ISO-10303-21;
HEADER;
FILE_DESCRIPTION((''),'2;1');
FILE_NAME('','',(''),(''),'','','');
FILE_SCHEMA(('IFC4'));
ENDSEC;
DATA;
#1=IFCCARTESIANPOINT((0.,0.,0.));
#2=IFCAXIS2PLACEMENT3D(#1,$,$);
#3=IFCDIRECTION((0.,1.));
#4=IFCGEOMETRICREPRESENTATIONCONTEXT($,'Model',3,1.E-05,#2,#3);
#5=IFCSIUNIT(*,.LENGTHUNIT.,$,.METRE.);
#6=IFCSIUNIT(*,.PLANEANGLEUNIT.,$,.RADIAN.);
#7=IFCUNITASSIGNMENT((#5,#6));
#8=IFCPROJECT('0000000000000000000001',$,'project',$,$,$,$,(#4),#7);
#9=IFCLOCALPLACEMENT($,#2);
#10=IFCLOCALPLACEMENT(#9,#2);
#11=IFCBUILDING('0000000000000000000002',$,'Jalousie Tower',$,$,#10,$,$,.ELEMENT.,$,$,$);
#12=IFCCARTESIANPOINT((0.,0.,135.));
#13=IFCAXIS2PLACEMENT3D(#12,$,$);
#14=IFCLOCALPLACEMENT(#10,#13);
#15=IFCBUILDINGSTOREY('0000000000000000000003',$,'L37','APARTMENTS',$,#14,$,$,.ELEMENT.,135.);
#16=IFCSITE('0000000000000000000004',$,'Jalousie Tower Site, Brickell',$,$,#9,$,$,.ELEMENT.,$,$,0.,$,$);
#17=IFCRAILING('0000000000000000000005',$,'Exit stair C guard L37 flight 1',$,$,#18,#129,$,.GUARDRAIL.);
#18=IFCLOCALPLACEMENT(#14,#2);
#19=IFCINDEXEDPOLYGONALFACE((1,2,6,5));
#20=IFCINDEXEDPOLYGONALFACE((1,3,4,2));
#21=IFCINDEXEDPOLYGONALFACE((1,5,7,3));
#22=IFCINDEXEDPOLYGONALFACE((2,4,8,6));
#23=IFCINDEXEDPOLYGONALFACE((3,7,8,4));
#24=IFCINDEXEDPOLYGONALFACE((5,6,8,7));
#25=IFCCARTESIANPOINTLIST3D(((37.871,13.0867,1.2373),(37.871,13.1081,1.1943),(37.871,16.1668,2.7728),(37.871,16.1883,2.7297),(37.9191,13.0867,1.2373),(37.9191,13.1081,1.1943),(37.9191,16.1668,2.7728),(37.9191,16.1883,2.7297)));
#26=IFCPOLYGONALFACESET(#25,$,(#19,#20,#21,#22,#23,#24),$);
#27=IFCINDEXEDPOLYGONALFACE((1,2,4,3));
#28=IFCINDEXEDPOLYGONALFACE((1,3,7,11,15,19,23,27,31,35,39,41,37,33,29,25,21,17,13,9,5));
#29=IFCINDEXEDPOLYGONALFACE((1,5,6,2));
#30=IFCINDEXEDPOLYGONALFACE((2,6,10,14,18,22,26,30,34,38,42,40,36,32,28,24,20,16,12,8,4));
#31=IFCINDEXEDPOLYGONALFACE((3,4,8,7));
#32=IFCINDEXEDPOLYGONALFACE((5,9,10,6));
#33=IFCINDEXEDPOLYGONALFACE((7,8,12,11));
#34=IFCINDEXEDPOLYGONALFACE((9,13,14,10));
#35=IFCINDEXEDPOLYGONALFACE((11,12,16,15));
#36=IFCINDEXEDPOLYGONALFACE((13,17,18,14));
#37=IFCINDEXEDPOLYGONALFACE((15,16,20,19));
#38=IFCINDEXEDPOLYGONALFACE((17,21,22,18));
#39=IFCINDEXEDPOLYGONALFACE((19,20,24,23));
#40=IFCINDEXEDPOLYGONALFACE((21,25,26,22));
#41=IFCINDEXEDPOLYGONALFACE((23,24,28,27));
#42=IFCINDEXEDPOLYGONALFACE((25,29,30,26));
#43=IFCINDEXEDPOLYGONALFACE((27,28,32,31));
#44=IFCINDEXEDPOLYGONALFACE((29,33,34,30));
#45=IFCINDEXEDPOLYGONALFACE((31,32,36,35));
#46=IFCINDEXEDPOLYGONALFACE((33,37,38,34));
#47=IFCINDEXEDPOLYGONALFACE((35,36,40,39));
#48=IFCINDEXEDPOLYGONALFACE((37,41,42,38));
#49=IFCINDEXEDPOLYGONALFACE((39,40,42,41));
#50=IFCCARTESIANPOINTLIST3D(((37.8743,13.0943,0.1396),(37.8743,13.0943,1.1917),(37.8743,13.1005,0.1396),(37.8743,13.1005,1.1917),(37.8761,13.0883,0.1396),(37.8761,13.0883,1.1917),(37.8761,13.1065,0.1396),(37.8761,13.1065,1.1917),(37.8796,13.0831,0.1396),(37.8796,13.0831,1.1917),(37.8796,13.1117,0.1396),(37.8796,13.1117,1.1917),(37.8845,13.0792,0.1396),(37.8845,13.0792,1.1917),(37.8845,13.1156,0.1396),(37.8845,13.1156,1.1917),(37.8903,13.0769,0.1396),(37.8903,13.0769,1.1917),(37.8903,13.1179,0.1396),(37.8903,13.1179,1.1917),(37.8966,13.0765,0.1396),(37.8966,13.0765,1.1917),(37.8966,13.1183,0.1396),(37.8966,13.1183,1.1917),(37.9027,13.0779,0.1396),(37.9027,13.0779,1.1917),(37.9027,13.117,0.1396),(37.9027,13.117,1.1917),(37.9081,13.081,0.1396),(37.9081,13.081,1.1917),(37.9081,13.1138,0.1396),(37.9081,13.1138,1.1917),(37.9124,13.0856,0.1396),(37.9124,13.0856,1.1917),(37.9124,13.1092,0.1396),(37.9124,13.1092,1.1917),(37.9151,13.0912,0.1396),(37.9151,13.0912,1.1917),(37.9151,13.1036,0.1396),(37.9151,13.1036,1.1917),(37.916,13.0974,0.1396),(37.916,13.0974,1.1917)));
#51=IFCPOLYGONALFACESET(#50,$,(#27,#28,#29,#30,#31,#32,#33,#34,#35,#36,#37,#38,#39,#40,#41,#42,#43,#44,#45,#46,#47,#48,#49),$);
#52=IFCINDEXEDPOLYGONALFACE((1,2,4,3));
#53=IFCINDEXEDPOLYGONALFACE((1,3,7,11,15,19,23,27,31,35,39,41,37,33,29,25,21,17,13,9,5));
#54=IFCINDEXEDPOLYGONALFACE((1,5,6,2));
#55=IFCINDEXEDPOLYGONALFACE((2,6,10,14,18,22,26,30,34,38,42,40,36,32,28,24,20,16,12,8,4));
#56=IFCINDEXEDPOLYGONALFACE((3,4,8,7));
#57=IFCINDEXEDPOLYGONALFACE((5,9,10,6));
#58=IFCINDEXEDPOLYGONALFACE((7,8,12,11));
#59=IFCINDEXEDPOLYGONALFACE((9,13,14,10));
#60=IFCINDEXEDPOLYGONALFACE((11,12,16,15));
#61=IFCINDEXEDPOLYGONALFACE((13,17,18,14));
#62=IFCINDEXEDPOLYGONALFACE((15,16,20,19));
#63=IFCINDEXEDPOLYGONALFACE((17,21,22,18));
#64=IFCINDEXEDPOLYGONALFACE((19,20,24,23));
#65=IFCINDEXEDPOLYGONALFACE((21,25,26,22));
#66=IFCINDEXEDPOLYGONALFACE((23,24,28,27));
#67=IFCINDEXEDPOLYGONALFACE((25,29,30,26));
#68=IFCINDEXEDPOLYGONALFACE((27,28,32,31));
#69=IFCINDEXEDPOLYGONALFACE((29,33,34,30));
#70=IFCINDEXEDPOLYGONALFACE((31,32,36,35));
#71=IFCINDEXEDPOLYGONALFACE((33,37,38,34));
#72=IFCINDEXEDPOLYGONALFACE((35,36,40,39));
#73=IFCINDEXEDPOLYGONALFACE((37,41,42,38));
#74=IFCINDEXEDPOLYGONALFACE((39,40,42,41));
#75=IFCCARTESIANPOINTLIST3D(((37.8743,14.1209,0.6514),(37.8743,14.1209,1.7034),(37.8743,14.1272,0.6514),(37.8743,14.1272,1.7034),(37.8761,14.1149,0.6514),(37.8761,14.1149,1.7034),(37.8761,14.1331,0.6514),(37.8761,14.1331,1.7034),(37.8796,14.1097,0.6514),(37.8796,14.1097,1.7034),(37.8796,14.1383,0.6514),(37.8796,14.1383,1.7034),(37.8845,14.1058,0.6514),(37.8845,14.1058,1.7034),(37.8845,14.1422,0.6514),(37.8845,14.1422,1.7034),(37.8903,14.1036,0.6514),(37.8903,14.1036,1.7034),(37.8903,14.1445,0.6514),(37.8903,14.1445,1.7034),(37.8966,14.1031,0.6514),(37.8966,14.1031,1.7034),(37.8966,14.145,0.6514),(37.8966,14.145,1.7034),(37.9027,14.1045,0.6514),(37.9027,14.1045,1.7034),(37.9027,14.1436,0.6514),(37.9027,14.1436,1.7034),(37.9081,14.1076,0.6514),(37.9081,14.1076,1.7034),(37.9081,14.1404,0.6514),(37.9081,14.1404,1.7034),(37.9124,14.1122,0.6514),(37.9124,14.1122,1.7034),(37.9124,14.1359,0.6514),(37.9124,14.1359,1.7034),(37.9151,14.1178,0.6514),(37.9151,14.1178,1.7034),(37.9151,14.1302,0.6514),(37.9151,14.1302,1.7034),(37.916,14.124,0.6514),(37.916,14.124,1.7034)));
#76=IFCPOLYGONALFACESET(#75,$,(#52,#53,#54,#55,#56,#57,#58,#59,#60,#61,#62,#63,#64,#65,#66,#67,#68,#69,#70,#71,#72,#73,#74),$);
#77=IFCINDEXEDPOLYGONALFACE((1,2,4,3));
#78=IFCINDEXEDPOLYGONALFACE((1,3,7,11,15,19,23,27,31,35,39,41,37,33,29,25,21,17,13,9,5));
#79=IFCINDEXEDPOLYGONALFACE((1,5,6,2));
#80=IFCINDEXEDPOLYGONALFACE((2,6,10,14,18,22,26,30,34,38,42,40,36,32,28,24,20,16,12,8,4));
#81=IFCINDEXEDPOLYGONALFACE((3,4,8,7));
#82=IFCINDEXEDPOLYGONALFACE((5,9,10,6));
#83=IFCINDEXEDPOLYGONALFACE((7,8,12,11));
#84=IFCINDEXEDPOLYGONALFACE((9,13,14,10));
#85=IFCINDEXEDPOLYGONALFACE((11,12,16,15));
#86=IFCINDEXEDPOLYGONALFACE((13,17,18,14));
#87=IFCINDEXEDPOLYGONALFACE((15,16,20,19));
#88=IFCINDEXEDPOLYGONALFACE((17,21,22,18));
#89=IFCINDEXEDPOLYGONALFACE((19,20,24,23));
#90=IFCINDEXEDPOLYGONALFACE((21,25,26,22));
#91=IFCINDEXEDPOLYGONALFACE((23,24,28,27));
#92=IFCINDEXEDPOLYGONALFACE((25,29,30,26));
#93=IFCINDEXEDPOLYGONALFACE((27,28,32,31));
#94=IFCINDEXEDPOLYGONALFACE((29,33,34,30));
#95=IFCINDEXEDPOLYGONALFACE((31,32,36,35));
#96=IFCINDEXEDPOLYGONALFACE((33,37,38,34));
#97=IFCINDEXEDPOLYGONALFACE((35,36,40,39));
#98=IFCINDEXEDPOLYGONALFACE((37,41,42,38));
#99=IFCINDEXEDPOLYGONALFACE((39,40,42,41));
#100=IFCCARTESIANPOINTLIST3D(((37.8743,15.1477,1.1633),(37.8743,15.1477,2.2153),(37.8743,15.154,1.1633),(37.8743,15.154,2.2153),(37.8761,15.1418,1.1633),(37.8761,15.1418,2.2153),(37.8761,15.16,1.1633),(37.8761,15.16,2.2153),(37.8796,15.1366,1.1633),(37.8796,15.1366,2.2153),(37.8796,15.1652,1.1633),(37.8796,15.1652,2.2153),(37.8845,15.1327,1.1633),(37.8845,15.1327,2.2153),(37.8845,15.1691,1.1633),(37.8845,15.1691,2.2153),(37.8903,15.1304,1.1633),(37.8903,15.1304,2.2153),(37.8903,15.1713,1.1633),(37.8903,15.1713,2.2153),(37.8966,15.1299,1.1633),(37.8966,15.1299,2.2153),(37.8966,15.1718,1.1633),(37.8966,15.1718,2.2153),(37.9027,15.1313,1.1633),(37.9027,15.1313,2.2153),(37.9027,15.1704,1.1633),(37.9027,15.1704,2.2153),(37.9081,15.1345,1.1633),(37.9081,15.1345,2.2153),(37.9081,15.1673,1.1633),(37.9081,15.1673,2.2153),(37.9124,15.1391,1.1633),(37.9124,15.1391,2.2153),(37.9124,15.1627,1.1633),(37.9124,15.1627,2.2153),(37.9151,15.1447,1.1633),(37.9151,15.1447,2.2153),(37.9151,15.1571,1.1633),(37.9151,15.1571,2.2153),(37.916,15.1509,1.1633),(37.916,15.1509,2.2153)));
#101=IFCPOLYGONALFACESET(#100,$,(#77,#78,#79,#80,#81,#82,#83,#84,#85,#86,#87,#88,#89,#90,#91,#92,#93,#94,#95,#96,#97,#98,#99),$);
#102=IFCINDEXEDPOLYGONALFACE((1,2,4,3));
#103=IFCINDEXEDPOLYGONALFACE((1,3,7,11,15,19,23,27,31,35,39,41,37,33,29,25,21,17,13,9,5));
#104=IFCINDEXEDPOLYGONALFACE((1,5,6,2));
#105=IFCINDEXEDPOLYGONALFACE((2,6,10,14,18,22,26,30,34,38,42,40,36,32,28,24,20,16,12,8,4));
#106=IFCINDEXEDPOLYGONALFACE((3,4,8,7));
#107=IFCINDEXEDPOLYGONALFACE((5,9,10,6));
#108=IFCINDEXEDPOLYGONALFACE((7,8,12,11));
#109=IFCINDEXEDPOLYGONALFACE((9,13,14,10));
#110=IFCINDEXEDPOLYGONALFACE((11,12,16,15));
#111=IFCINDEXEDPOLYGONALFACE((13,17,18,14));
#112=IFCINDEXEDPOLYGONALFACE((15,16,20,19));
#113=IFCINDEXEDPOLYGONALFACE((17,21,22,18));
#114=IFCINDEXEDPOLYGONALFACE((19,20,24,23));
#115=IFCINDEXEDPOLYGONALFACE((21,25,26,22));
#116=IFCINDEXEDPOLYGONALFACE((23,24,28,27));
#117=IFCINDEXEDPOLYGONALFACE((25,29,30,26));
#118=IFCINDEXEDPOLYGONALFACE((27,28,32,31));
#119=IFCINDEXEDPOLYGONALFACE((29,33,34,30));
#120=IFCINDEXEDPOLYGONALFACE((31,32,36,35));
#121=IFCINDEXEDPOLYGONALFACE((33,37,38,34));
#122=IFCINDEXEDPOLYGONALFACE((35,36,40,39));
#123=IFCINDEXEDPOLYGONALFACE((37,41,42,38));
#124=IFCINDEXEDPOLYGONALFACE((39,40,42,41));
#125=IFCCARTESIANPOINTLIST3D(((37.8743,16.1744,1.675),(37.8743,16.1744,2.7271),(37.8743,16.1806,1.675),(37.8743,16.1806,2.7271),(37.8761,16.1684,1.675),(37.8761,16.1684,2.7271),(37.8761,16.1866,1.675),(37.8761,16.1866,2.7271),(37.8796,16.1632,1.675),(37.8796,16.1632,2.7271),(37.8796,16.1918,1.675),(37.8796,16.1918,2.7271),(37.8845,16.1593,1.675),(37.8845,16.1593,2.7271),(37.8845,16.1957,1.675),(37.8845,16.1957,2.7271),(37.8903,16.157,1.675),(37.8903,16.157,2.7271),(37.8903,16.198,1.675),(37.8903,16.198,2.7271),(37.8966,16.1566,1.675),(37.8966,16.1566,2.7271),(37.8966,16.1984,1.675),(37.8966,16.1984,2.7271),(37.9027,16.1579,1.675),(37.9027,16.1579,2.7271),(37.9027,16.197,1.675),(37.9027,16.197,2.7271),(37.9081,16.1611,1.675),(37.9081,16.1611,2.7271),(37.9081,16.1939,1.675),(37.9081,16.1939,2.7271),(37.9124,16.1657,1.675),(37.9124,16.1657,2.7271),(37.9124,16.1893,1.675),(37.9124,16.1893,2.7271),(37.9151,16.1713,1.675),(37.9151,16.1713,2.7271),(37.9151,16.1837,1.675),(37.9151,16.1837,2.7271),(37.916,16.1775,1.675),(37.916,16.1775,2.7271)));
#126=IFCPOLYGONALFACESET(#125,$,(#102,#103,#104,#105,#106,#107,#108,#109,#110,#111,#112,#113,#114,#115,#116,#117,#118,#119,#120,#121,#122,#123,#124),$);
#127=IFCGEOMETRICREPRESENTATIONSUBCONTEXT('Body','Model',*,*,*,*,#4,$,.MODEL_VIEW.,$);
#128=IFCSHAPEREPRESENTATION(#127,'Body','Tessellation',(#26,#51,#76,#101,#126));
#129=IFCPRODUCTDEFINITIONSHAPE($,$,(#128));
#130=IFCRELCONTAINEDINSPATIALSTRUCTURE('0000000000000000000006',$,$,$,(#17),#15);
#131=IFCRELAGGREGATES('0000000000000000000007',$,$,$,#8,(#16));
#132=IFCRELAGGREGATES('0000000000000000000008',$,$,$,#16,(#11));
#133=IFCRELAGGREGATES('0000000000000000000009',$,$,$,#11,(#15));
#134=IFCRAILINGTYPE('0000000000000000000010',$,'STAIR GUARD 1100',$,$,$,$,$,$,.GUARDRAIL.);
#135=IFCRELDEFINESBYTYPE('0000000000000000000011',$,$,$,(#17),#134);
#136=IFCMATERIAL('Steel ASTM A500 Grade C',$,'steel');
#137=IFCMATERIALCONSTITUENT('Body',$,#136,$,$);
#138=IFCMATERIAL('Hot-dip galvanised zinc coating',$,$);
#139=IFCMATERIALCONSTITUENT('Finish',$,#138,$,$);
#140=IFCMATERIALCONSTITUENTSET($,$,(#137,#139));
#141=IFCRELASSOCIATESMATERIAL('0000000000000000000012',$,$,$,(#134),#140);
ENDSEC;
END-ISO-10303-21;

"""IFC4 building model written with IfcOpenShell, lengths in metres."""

from ifc_helpers import new_model, si_unit, direction, frame, origin, origin_2d, place, context, subcontext, project, spatial, rectangle, circle, extrude, material, constituent, constituent_set, type_object, element, save


model = new_model("IFC4")

# Units and contexts
model_context = context("Model", 3, precision=1e-05, world=origin(), true_north=direction((0.0, 1.0)))
body_context = subcontext(model_context, "Body", "Model", "MODEL_VIEW")
ifc_project = project(units=[si_unit("LENGTHUNIT", "METRE"), si_unit("PLANEANGLEUNIT", "RADIAN")], contexts=[model_context])

# Site, building, storey
site_placement = place(None, origin())
site = spatial("IfcSite", under=ifc_project, at=site_placement, Name="Jalousie Tower Site, Brickell", CompositionType="ELEMENT", RefElevation=0.0)
building_placement = place(site_placement, origin())
building = spatial("IfcBuilding", under=site, at=building_placement, Name="Jalousie Tower", CompositionType="ELEMENT")
storey_placement = place(building_placement, frame((0.0, 0.0, 135.0)))
storey = spatial("IfcBuildingStorey", under=building, at=storey_placement, Name="L37", Description="APARTMENTS", CompositionType="ELEMENT", Elevation=135.0)

# Railing
ifc_material_1 = material(Name="Steel ASTM A500 Grade C", Category="steel")
ifc_constituent_1 = constituent(ifc_material_1, Name="Body")
ifc_material_2 = material(Name="Hot-dip galvanised zinc coating")
ifc_constituent_2 = constituent(ifc_material_2, Name="Finish")
ifc_constituent_set_1 = constituent_set(constituents=[ifc_constituent_1, ifc_constituent_2])
railing_type_1 = type_object("IfcRailingType", Name="STAIR GUARD 1100", PredefinedType="GUARDRAIL", material=ifc_constituent_set_1)
railing_1_placement = place(storey_placement, frame((37.895, 13.0974, 0.1396)))
element("IfcRailing", 1, at=railing_1_placement, inside=storey, type_object=railing_type_1, Name="Exit stair C guard L37 flight 1", PredefinedType="GUARDRAIL", context=body_context, shape_type="SweptSolid", body=[
    extrude(rectangle(XDim=0.0481, YDim=0.0481, at=origin_2d()), frame((0.0, 0.0, 1.0762), z_axis=(0.0, 0.894966, 0.446135), x_axis=(-1.0, 0.0, 0.0)), (0.0, 0.0, 1.0), 3.4417),
    extrude(circle(Radius=0.021, at=origin_2d()), origin(), (0.0, 0.0, 1.0), 1.052),
    extrude(circle(Radius=0.021, at=origin_2d()), frame((0.0, 1.0266, 0.5117)), (0.0, 0.0, 1.0), 1.052),
    extrude(circle(Radius=0.021, at=origin_2d()), frame((0.0, 2.0535, 1.0237)), (0.0, 0.0, 1.0), 1.052),
    extrude(circle(Radius=0.021, at=origin_2d()), frame((0.0, 3.0801, 1.5354)), (0.0, 0.0, 1.0), 1.052),
])

save(model, "model.ifc")
